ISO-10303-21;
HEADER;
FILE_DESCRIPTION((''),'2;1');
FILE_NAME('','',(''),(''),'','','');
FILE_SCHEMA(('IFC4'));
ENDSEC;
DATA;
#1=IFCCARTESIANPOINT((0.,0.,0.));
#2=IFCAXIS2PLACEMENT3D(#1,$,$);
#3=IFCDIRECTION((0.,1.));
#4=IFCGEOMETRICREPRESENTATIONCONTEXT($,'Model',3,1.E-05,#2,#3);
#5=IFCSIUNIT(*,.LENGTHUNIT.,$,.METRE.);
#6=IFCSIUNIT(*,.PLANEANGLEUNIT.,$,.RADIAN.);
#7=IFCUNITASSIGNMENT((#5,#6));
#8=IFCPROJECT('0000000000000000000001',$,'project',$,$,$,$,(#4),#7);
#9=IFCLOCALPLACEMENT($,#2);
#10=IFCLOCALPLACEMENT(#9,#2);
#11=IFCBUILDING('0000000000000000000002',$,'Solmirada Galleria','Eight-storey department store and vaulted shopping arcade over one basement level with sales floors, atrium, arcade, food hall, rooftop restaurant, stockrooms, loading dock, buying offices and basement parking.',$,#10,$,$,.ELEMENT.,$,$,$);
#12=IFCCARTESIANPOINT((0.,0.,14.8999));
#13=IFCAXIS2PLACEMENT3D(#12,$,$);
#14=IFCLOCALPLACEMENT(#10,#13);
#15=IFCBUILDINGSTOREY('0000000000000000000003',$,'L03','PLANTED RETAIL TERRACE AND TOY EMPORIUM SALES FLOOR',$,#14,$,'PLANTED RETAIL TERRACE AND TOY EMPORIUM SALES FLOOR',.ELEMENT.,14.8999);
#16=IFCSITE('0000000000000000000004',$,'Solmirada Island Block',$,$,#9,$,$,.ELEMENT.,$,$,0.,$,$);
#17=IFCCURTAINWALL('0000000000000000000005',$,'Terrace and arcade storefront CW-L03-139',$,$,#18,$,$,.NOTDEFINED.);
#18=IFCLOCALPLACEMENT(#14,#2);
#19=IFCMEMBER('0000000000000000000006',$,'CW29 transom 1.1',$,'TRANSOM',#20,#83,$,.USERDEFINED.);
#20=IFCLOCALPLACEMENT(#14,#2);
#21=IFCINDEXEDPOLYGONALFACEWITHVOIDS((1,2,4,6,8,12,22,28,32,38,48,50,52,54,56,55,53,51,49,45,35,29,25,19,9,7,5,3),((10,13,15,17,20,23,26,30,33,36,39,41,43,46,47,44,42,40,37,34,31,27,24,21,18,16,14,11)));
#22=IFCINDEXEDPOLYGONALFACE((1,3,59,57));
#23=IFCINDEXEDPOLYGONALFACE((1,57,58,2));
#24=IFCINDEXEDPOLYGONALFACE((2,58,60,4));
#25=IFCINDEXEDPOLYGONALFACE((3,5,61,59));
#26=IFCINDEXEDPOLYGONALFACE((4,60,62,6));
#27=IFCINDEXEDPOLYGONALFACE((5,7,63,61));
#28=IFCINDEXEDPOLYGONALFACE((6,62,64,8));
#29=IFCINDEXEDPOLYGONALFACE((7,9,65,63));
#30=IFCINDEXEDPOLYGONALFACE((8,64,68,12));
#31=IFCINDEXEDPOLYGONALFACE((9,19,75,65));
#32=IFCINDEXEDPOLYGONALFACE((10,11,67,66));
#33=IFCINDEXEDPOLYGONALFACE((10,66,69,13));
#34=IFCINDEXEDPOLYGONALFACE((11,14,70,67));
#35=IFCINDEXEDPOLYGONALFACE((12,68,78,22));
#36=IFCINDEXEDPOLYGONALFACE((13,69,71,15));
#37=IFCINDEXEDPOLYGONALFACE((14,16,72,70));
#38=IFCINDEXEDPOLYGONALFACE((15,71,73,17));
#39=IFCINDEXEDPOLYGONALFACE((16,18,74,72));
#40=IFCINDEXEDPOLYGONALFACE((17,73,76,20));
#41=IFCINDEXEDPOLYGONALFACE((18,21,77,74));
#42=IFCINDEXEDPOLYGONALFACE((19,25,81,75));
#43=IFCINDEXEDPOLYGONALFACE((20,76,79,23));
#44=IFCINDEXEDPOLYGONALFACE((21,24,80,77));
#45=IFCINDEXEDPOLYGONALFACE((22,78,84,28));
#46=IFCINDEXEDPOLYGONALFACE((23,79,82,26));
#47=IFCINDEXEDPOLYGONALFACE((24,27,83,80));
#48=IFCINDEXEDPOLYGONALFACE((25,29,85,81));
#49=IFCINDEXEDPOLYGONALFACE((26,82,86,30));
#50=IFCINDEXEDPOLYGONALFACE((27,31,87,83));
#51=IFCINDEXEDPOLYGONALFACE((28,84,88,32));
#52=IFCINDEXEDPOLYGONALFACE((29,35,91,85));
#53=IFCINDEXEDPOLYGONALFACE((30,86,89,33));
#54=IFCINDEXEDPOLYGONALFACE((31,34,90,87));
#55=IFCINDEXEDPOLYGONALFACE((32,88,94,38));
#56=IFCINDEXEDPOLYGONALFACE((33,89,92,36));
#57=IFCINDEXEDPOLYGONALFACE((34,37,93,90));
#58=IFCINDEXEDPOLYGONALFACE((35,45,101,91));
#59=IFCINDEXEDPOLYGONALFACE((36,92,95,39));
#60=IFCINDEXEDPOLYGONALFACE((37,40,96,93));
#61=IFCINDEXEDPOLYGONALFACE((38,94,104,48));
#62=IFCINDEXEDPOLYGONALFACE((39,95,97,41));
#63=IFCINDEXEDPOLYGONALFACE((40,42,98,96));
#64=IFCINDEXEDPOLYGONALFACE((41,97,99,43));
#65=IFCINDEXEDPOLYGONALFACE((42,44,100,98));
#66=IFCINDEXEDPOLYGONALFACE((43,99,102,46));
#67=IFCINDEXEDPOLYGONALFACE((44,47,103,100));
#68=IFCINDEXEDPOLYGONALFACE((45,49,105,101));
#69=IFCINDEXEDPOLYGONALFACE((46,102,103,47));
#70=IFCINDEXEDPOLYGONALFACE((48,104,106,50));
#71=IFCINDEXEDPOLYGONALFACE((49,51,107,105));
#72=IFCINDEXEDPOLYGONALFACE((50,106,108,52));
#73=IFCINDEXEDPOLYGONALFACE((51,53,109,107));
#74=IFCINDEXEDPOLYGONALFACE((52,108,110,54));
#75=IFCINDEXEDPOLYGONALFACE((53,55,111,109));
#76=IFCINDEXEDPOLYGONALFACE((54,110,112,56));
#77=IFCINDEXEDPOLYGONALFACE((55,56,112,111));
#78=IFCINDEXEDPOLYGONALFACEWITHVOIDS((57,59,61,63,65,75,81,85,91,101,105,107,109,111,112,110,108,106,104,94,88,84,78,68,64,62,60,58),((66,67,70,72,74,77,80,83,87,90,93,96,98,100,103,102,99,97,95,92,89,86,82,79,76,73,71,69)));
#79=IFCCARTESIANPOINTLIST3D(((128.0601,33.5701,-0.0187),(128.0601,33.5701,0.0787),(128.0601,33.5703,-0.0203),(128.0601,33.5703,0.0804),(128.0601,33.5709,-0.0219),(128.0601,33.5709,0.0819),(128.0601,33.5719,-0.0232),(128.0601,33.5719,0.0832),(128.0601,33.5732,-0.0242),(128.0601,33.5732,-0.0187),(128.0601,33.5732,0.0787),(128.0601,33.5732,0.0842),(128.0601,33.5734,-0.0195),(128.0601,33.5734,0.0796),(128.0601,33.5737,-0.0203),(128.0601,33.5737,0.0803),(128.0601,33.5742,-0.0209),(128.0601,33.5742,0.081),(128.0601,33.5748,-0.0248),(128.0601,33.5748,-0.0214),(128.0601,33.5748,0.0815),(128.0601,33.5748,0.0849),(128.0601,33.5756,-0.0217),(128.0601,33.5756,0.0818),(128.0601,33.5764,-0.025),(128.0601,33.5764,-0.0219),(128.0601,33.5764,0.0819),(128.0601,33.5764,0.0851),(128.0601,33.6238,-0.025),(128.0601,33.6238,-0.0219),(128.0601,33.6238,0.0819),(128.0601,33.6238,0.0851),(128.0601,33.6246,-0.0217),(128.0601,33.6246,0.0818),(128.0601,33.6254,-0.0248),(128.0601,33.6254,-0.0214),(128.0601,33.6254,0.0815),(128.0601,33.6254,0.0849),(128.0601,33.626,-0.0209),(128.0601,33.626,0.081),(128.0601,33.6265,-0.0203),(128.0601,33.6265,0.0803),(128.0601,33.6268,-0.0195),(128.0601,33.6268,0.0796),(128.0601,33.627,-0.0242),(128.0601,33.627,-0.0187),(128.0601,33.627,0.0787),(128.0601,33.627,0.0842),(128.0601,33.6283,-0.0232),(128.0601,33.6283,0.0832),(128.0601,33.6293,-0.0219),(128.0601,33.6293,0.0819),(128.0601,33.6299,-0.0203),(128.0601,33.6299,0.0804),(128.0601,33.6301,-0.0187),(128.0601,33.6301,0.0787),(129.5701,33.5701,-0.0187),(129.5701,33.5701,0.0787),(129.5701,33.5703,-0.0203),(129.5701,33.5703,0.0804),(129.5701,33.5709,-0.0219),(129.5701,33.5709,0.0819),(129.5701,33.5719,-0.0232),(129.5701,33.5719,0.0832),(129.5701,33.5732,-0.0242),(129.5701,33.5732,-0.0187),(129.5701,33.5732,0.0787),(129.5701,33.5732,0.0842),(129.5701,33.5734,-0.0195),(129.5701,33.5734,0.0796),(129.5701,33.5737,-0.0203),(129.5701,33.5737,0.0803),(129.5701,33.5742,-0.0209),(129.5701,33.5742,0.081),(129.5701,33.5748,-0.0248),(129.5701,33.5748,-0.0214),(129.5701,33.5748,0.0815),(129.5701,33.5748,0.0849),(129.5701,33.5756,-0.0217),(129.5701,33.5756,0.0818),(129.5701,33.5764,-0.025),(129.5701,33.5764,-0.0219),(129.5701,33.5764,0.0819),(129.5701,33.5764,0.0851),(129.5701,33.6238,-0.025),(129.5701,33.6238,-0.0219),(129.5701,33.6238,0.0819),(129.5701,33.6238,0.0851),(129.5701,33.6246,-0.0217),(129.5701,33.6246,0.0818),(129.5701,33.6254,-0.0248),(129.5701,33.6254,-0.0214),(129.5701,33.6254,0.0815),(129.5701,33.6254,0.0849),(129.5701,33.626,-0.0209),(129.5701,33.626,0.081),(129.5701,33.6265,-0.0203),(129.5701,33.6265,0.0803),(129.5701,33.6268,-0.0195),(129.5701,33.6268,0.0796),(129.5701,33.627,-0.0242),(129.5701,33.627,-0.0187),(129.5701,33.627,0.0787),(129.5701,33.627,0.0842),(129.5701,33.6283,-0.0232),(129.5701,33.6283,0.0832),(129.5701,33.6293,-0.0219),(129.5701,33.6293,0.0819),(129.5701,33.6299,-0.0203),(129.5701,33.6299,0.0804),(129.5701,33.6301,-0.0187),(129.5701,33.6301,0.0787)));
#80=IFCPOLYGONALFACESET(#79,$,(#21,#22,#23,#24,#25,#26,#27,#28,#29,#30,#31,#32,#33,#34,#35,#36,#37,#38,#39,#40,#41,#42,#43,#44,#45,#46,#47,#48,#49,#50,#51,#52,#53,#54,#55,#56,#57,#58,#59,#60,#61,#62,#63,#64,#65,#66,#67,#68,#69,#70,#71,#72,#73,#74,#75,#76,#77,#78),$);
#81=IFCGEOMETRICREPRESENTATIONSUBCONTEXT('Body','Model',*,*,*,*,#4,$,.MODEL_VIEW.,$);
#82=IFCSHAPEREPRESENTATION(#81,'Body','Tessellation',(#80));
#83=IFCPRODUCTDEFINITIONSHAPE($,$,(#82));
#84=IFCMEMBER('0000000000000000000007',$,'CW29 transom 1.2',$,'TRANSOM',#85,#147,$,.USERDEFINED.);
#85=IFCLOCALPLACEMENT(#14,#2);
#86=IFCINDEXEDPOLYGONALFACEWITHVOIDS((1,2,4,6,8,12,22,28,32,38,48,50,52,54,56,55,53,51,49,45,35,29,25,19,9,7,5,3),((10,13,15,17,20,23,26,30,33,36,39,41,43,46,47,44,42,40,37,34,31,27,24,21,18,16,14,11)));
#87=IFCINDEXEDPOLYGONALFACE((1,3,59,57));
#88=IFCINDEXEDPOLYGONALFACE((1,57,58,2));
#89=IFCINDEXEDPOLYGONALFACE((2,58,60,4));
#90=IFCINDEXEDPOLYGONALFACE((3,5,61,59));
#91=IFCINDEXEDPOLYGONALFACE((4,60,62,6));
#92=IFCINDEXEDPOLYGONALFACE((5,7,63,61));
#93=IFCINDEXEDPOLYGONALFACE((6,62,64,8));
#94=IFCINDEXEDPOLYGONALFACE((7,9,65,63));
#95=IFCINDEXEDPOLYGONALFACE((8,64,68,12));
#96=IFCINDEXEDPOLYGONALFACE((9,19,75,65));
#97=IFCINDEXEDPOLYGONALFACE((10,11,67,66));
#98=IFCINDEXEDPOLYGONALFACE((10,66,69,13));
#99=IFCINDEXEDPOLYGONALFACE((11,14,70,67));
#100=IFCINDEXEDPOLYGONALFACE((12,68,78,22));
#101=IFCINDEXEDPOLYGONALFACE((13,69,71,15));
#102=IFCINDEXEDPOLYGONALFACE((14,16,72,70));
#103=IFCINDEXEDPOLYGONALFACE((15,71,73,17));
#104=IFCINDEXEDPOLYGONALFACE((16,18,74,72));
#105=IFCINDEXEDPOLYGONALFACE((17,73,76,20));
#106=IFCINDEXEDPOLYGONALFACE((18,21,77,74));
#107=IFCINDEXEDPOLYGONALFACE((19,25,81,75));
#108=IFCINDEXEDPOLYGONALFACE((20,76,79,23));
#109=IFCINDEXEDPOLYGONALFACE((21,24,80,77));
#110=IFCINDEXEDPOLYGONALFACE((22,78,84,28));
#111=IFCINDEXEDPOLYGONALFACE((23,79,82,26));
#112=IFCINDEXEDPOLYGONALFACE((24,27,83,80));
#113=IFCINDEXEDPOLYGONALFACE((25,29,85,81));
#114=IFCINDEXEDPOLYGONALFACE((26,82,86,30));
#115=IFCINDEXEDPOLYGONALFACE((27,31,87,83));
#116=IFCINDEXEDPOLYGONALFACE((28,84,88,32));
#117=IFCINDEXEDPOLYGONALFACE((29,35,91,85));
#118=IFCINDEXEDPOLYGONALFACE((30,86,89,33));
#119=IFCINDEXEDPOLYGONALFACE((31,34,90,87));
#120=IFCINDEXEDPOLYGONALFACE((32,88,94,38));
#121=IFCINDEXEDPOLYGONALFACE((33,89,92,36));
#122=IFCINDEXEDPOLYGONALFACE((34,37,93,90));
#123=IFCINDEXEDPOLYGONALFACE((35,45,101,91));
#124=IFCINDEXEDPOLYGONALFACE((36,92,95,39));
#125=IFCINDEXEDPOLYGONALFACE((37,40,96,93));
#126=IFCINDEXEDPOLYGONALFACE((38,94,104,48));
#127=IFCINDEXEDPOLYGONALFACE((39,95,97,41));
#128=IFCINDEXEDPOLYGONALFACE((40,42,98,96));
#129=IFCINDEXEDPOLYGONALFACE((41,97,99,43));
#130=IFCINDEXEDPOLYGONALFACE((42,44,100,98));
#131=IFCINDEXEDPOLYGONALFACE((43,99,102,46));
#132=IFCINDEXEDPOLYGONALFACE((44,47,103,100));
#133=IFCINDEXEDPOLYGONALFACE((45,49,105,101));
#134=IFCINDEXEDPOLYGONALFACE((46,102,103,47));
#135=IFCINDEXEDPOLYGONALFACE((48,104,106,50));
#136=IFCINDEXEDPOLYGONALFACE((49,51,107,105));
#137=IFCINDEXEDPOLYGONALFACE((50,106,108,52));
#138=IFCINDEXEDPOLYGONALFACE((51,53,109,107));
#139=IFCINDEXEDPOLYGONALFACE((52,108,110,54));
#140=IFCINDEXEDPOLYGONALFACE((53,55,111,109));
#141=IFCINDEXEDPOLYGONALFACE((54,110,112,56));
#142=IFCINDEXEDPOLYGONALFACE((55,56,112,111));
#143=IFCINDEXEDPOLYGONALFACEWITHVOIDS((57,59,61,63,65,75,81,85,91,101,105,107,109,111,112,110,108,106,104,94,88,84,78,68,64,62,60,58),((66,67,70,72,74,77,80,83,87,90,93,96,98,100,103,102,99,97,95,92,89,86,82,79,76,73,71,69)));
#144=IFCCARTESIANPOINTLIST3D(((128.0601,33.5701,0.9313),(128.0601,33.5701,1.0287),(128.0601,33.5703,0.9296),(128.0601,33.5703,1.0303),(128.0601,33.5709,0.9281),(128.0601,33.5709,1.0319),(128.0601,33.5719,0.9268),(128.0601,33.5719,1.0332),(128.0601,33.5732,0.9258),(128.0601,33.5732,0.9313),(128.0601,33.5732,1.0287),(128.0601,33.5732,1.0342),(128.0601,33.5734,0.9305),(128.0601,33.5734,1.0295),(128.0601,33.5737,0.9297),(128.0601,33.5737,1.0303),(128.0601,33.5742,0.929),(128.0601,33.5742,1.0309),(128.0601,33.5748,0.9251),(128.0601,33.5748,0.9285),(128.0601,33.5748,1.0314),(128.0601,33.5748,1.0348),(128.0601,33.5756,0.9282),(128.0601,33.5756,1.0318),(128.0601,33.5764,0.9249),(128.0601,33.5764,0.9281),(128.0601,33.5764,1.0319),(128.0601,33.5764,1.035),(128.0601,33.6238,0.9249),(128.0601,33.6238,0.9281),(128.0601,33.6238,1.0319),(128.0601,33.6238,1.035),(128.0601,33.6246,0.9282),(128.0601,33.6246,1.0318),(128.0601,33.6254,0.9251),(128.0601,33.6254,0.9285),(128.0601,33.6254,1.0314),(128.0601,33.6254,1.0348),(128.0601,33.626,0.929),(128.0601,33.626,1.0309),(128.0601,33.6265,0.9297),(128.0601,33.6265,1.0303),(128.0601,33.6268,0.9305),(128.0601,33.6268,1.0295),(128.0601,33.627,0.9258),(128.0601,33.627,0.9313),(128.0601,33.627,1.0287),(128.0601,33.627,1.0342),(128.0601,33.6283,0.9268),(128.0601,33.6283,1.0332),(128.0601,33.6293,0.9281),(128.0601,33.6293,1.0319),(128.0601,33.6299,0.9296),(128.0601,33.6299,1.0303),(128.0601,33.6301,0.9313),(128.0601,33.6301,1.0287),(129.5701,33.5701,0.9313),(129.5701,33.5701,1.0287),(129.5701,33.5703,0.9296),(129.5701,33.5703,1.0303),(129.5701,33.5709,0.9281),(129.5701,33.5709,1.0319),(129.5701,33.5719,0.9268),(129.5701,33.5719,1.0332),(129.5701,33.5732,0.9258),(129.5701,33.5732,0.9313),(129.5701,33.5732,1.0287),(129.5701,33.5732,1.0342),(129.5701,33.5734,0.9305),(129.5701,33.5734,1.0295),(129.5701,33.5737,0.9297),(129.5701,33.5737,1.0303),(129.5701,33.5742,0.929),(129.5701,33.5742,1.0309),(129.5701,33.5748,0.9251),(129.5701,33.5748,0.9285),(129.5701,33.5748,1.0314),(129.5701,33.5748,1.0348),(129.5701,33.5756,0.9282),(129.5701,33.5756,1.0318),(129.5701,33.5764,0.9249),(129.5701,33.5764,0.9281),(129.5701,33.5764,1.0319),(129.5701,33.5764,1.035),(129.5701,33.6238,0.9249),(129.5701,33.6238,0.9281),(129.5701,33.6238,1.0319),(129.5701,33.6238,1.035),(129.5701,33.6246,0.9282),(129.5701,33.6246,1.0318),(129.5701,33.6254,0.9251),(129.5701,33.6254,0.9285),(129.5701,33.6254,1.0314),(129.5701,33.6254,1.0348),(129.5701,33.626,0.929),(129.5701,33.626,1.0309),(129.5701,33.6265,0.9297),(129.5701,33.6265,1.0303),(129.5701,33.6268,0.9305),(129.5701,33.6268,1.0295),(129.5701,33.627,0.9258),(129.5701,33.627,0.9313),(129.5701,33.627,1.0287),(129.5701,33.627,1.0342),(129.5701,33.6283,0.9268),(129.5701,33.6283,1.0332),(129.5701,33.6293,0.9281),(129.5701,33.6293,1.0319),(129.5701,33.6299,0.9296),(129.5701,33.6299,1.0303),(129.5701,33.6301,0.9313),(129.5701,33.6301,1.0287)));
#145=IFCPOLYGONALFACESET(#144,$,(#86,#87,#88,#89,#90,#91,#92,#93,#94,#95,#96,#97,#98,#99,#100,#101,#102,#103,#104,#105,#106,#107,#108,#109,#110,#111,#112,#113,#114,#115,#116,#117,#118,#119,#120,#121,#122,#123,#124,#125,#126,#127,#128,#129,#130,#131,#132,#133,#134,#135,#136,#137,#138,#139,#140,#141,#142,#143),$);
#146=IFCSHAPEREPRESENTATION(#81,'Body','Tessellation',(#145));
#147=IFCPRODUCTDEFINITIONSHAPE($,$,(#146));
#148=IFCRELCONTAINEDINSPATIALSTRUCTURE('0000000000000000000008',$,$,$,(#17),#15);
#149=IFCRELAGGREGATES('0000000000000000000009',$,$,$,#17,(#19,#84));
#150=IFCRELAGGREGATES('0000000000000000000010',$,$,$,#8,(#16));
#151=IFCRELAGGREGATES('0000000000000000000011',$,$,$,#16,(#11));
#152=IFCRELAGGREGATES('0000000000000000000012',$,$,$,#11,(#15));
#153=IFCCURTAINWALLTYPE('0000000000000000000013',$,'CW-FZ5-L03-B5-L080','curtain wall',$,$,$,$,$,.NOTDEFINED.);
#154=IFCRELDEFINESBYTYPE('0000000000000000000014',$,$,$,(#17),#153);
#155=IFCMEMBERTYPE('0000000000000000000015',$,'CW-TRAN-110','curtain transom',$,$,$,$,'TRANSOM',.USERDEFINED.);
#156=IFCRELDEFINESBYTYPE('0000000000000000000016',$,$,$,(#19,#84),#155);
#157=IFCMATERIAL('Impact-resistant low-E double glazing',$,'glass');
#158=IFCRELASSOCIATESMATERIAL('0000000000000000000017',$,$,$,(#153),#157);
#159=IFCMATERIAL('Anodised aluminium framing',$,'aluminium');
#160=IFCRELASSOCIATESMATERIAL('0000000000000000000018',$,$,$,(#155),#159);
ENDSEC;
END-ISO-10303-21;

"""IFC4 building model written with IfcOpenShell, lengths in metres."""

from ifc_helpers import new_model, si_unit, direction, frame, origin, origin_2d, place, context, subcontext, project, spatial, hollow_rectangle, extrude, material, material_profile, profile_set, type_object, element, aggregate, save


model = new_model("IFC4")

# Units and contexts
model_context = context("Model", 3, precision=1e-05, world=origin(), true_north=direction((0.0, 1.0)))
body_context = subcontext(model_context, "Body", "Model", "MODEL_VIEW")
ifc_project = project(units=[si_unit("LENGTHUNIT", "METRE"), si_unit("PLANEANGLEUNIT", "RADIAN")], contexts=[model_context])

# Site, building, storey
site_placement = place(None, origin())
site = spatial("IfcSite", under=ifc_project, at=site_placement, Name="Solmirada Island Block", CompositionType="ELEMENT", RefElevation=0.0)
building_placement = place(site_placement, origin())
building = spatial("IfcBuilding", under=site, at=building_placement, Name="Solmirada Galleria", Description="Eight-storey department store and vaulted shopping arcade over one basement level with sales floors, atrium, arcade, food hall, rooftop restaurant, stockrooms, loading dock, buying offices and basement parking.", CompositionType="ELEMENT")
storey_placement = place(building_placement, frame((0.0, 0.0, 14.8999)))
storey = spatial("IfcBuildingStorey", under=building, at=storey_placement, Name="L03", Description="PLANTED RETAIL TERRACE AND TOY EMPORIUM SALES FLOOR", LongName="PLANTED RETAIL TERRACE AND TOY EMPORIUM SALES FLOOR", CompositionType="ELEMENT", Elevation=14.8999)

# Curtain wall, members
ifc_material_1 = material(Name="Impact-resistant low-E double glazing", Category="glass")
curtain_wall_type = type_object("IfcCurtainWallType", Name="CW-FZ5-L03-B5-L080", Description="curtain wall", PredefinedType="NOTDEFINED", material=ifc_material_1)
curtain_wall_placement = place(storey_placement, origin())
curtain_wall = element("IfcCurtainWall", 1, at=curtain_wall_placement, inside=storey, type_object=curtain_wall_type, Name="Terrace and arcade storefront CW-L03-139", PredefinedType="NOTDEFINED")
ifc_material_2 = material(Name="Anodised aluminium framing", Category="aluminium")
ifc_material_profile_1 = material_profile(ifc_material_2, hollow_rectangle(XDim=0.0601, YDim=0.1101, WallThickness=0.0032, InnerFilletRadius=0.0032, OuterFilletRadius=0.0063, at=origin_2d()), Name="ALU-TRAN-110X60")
ifc_profile_set_1 = profile_set([ifc_material_profile_1], Name="Anodised aluminium framing")
member_type_1 = type_object("IfcMemberType", Name="CW-TRAN-110", Description="curtain transom", ElementType="TRANSOM", PredefinedType="USERDEFINED", material=ifc_profile_set_1)
member_1_placement = place(storey_placement, frame((128.0601, 33.6001, 0.03), z_axis=(1.0, 0.0, 0.0), x_axis=(0.0, 1.0, 0.0)))
member_1 = element("IfcMember", 2, at=member_1_placement, type_object=member_type_1, Name="CW29 transom 1.1", ObjectType="TRANSOM", PredefinedType="USERDEFINED", context=body_context, shape_type="SweptSolid", body=[
    extrude(hollow_rectangle(XDim=0.0601, YDim=0.1101, WallThickness=0.0032, InnerFilletRadius=0.0032, OuterFilletRadius=0.0063, at=origin_2d()), origin(), (0.0, 0.0, 1.0), 1.51),
])
member_2_placement = place(storey_placement, frame((128.0601, 33.6001, 0.98), z_axis=(1.0, 0.0, 0.0), x_axis=(0.0, 1.0, 0.0)))
member_2 = element("IfcMember", 3, at=member_2_placement, type_object=member_type_1, Name="CW29 transom 1.2", ObjectType="TRANSOM", PredefinedType="USERDEFINED", context=body_context, shape_type="SweptSolid", body=[
    extrude(hollow_rectangle(XDim=0.0601, YDim=0.1101, WallThickness=0.0032, InnerFilletRadius=0.0032, OuterFilletRadius=0.0063, at=origin_2d()), origin(), (0.0, 0.0, 1.0), 1.51),
])
aggregate(curtain_wall, [member_1, member_2])

save(model, "model.ifc")
